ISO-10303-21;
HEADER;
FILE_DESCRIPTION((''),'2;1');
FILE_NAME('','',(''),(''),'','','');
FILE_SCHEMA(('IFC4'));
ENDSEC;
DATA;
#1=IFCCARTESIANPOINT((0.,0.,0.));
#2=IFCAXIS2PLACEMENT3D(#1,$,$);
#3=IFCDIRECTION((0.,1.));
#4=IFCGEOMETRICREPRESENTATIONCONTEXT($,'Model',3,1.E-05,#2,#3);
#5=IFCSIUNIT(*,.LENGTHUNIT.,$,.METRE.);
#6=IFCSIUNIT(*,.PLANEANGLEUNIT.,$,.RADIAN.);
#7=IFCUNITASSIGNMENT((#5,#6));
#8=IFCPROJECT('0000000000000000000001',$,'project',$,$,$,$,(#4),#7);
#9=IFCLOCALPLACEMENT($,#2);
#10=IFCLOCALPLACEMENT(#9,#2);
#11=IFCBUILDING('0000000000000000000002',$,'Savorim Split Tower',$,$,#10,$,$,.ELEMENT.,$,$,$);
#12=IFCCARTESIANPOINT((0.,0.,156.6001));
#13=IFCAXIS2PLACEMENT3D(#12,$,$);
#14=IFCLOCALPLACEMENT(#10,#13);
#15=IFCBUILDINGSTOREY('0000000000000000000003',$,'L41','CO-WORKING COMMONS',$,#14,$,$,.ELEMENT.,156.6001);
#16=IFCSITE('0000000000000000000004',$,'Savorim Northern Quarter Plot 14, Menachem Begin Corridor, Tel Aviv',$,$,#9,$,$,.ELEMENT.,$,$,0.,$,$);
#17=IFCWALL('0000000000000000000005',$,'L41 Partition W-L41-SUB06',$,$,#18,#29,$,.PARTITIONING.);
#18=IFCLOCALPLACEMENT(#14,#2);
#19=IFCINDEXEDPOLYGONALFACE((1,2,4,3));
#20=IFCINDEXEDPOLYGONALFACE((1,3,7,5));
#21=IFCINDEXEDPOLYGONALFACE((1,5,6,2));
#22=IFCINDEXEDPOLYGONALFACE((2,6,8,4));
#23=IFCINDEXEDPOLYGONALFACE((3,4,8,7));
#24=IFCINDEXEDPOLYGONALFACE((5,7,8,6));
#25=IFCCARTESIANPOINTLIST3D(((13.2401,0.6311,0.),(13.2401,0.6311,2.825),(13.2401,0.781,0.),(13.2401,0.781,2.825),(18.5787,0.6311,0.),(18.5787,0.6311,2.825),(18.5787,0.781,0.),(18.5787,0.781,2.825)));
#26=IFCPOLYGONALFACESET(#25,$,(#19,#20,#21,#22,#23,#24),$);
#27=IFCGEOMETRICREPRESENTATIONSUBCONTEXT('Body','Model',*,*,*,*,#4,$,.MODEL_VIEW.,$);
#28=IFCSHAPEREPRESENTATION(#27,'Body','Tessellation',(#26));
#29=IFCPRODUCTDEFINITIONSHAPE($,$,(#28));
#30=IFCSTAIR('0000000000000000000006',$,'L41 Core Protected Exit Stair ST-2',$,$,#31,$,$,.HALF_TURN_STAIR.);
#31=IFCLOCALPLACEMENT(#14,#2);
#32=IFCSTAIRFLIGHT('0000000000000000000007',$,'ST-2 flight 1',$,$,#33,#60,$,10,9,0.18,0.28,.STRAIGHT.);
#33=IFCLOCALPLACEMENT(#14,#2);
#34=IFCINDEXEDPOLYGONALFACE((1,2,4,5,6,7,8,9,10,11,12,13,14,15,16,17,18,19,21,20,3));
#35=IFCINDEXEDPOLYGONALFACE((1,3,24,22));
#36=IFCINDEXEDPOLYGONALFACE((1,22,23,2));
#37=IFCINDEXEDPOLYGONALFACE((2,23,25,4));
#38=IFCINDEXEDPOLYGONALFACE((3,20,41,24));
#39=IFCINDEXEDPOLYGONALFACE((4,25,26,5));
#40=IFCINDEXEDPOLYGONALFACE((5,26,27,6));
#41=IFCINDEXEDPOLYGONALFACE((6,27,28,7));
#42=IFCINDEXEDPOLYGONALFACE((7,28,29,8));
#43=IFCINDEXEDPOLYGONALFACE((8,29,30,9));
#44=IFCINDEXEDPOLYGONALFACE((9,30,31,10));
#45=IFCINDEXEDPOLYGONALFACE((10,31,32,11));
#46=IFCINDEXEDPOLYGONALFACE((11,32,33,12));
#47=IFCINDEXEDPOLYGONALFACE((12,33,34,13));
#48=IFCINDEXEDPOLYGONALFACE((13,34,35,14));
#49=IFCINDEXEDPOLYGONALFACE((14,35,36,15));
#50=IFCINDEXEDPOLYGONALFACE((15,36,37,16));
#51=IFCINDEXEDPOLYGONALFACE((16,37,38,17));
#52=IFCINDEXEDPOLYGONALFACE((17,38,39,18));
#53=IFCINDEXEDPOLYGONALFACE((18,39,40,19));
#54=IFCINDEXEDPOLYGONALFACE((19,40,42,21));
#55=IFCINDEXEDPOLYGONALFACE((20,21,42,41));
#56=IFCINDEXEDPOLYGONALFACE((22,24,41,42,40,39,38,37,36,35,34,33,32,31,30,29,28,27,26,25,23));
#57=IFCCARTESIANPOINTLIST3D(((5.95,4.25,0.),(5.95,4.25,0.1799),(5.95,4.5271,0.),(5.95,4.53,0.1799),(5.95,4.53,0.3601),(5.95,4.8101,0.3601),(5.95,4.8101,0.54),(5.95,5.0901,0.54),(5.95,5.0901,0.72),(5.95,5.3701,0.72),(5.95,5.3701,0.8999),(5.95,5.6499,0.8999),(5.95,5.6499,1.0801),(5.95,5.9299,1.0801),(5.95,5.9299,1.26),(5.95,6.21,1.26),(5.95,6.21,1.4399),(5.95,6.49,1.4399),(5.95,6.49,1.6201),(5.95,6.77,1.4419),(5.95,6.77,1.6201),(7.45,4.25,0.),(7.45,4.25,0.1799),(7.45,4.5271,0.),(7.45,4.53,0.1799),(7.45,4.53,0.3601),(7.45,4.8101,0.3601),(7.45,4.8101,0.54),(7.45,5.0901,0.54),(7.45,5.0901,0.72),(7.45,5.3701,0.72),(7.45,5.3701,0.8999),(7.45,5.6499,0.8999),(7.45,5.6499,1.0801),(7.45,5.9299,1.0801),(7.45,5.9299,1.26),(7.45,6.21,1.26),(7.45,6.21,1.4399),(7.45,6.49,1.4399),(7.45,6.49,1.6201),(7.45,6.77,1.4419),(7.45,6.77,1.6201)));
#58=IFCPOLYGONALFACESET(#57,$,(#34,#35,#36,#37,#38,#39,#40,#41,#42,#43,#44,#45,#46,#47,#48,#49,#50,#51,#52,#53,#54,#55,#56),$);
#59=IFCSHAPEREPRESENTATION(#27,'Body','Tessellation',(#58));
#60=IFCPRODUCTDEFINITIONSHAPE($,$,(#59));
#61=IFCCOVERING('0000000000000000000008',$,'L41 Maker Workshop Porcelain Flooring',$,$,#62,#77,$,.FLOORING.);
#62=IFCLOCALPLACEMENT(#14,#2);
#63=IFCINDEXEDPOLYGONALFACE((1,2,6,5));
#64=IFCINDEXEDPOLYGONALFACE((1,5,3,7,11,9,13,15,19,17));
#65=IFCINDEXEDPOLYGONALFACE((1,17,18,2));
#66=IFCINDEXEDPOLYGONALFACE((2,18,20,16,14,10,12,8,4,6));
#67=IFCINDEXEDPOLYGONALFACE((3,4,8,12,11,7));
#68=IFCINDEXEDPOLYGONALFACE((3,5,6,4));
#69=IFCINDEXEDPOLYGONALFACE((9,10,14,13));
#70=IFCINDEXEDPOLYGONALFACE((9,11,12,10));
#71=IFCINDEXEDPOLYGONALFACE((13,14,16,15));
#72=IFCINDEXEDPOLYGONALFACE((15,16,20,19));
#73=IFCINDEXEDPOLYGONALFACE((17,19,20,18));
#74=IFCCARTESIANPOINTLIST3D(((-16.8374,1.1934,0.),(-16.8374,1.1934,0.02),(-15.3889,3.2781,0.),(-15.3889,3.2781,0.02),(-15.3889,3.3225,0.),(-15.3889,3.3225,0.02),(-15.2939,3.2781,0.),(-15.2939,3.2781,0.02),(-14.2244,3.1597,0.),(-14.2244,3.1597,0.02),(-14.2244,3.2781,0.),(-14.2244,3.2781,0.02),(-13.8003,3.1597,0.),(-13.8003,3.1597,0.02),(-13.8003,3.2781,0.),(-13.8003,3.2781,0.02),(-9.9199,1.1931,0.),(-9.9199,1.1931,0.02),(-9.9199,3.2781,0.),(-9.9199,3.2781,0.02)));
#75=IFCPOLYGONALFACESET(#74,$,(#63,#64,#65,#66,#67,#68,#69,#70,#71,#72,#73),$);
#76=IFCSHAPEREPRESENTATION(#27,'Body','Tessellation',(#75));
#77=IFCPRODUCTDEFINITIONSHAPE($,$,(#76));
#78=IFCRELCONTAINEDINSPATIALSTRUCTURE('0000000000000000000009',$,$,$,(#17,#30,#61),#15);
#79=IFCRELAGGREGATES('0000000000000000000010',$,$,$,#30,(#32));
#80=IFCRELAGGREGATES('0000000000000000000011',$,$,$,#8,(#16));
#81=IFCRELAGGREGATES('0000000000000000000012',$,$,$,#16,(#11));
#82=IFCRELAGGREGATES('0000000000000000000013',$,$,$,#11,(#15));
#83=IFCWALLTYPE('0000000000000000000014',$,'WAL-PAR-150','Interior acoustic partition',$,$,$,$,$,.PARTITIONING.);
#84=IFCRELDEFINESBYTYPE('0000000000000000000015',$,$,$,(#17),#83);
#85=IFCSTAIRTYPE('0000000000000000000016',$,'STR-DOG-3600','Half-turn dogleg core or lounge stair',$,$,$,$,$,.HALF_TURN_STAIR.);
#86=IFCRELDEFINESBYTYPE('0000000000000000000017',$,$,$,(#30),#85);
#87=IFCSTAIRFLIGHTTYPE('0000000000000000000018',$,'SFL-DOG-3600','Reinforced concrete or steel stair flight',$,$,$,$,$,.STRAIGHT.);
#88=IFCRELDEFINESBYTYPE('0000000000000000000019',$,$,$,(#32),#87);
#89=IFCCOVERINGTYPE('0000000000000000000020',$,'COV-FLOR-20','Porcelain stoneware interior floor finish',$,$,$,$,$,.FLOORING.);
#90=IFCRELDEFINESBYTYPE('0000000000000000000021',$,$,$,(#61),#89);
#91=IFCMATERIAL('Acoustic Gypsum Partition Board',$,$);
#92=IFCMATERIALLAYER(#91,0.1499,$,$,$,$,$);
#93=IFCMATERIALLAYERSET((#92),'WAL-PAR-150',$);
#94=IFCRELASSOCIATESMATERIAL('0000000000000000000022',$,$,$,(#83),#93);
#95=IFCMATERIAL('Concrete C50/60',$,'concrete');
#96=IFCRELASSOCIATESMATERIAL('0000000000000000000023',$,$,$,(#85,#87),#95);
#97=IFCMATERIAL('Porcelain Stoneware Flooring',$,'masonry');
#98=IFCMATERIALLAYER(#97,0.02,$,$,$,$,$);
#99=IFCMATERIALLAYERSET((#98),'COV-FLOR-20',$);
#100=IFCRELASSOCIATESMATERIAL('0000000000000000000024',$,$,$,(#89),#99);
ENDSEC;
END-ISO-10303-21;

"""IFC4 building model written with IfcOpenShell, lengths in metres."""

from ifc_helpers import new_model, si_unit, direction, frame, frame_2d, origin, place, context, subcontext, project, spatial, polyline, rectangle, outline, extrude, material, layer, layer_set, type_object, element, aggregate, save


model = new_model("IFC4")

# Units and contexts
model_context = context("Model", 3, precision=1e-05, world=origin(), true_north=direction((0.0, 1.0)))
body_context = subcontext(model_context, "Body", "Model", "MODEL_VIEW")
ifc_project = project(units=[si_unit("LENGTHUNIT", "METRE"), si_unit("PLANEANGLEUNIT", "RADIAN")], contexts=[model_context])

# Site, building, storey
site_placement = place(None, origin())
site = spatial("IfcSite", under=ifc_project, at=site_placement, Name="Savorim Northern Quarter Plot 14, Menachem Begin Corridor, Tel Aviv", CompositionType="ELEMENT", RefElevation=0.0)
building_placement = place(site_placement, origin())
building = spatial("IfcBuilding", under=site, at=building_placement, Name="Savorim Split Tower", CompositionType="ELEMENT")
storey_placement = place(building_placement, frame((0.0, 0.0, 156.6001)))
storey = spatial("IfcBuildingStorey", under=building, at=storey_placement, Name="L41", Description="CO-WORKING COMMONS", CompositionType="ELEMENT", Elevation=156.6001)

# Shared definitions
ifc_material_1 = material(Name="Concrete C50/60", Category="concrete")

# Wall
ifc_material_2 = material(Name="Acoustic Gypsum Partition Board")
ifc_layer_1 = layer(ifc_material_2, 0.1499)
ifc_layer_set_1 = layer_set([ifc_layer_1], Name="WAL-PAR-150")
wall_type_1 = type_object("IfcWallType", Name="WAL-PAR-150", Description="Interior acoustic partition", PredefinedType="PARTITIONING", material=ifc_layer_set_1)
wall_1_placement = place(storey_placement, frame((13.24, 0.7061, 0.0), z_axis=(0.0, 0.0, 1.0), x_axis=(1.0, 0.0, 0.0)))
element("IfcWall", 1, at=wall_1_placement, inside=storey, type_object=wall_type_1, Name="L41 Partition W-L41-SUB06", PredefinedType="PARTITIONING", context=body_context, shape_type="SweptSolid", body=[
    extrude(rectangle(XDim=5.3386, YDim=0.1499, at=frame_2d((2.6694, 0.0))), origin(), (0.0, 0.0, 1.0), 2.825),
])

# Stair, stair flight
stair_type = type_object("IfcStairType", Name="STR-DOG-3600", Description="Half-turn dogleg core or lounge stair", PredefinedType="HALF_TURN_STAIR", material=ifc_material_1)
stair_placement = place(storey_placement, origin())
stair = element("IfcStair", 2, at=stair_placement, inside=storey, type_object=stair_type, Name="L41 Core Protected Exit Stair ST-2", PredefinedType="HALF_TURN_STAIR")
stair_flight_type = type_object("IfcStairFlightType", Name="SFL-DOG-3600", Description="Reinforced concrete or steel stair flight", PredefinedType="STRAIGHT", material=ifc_material_1)
stair_flight_placement = place(storey_placement, frame((6.7, 4.25, 0.0), z_axis=(0.0, 0.0, 1.0), x_axis=(0.0, 1.0, 0.0)))
stair_flight = element("IfcStairFlight", 3, at=stair_flight_placement, type_object=stair_flight_type, Name="ST-2 flight 1", NumberOfRisers=10, NumberOfTreads=9, PredefinedType="STRAIGHT", RiserHeight=0.18, TreadLength=0.28, context=body_context, shape_type="SweptSolid", body=[
    extrude(outline(polyline([(0.0, 0.0), (0.0, 0.1799), (0.28, 0.1799), (0.28, 0.3601), (0.5601, 0.3601), (0.5601, 0.54), (0.8401, 0.54), (0.8401, 0.72), (1.1201, 0.72), (1.1201, 0.8999), (1.3999, 0.8999), (1.3999, 1.0801), (1.6799, 1.0801), (1.6799, 1.26), (1.96, 1.26), (1.96, 1.4399), (2.24, 1.4399), (2.24, 1.6201), (2.52, 1.6201), (2.52, 1.8), (2.52, 1.4419), (0.2771, 0.0), (0.0, 0.0)])), frame((0.0, 0.75, 0.0), z_axis=(0.0, -1.0, 0.0), x_axis=(1.0, 0.0, 0.0)), (0.0, 0.0, 1.0), 1.5),
])
aggregate(stair, [stair_flight])

# Covering
ifc_material_3 = material(Name="Porcelain Stoneware Flooring", Category="masonry")
ifc_layer_2 = layer(ifc_material_3, 0.02)
ifc_layer_set_2 = layer_set([ifc_layer_2], Name="COV-FLOR-20")
covering_type = type_object("IfcCoveringType", Name="COV-FLOR-20", Description="Porcelain stoneware interior floor finish", PredefinedType="FLOORING", material=ifc_layer_set_2)
covering_placement = place(storey_placement, origin())
element("IfcCovering", 4, at=covering_placement, inside=storey, type_object=covering_type, Name="L41 Maker Workshop Porcelain Flooring", PredefinedType="FLOORING", context=body_context, shape_type="SweptSolid", body=[
    extrude(outline(polyline([(-14.2244, 3.2781), (-15.2939, 3.2781), (-15.3889, 3.2781), (-15.3889, 3.3225), (-16.8374, 1.1934), (-9.9199, 1.1931), (-9.9199, 3.2781), (-13.8003, 3.2781), (-13.8003, 3.1597), (-14.2244, 3.1597), (-14.2244, 3.2781)])), origin(), (0.0, 0.0, 1.0), 0.02),
])

save(model, "model.ifc")
